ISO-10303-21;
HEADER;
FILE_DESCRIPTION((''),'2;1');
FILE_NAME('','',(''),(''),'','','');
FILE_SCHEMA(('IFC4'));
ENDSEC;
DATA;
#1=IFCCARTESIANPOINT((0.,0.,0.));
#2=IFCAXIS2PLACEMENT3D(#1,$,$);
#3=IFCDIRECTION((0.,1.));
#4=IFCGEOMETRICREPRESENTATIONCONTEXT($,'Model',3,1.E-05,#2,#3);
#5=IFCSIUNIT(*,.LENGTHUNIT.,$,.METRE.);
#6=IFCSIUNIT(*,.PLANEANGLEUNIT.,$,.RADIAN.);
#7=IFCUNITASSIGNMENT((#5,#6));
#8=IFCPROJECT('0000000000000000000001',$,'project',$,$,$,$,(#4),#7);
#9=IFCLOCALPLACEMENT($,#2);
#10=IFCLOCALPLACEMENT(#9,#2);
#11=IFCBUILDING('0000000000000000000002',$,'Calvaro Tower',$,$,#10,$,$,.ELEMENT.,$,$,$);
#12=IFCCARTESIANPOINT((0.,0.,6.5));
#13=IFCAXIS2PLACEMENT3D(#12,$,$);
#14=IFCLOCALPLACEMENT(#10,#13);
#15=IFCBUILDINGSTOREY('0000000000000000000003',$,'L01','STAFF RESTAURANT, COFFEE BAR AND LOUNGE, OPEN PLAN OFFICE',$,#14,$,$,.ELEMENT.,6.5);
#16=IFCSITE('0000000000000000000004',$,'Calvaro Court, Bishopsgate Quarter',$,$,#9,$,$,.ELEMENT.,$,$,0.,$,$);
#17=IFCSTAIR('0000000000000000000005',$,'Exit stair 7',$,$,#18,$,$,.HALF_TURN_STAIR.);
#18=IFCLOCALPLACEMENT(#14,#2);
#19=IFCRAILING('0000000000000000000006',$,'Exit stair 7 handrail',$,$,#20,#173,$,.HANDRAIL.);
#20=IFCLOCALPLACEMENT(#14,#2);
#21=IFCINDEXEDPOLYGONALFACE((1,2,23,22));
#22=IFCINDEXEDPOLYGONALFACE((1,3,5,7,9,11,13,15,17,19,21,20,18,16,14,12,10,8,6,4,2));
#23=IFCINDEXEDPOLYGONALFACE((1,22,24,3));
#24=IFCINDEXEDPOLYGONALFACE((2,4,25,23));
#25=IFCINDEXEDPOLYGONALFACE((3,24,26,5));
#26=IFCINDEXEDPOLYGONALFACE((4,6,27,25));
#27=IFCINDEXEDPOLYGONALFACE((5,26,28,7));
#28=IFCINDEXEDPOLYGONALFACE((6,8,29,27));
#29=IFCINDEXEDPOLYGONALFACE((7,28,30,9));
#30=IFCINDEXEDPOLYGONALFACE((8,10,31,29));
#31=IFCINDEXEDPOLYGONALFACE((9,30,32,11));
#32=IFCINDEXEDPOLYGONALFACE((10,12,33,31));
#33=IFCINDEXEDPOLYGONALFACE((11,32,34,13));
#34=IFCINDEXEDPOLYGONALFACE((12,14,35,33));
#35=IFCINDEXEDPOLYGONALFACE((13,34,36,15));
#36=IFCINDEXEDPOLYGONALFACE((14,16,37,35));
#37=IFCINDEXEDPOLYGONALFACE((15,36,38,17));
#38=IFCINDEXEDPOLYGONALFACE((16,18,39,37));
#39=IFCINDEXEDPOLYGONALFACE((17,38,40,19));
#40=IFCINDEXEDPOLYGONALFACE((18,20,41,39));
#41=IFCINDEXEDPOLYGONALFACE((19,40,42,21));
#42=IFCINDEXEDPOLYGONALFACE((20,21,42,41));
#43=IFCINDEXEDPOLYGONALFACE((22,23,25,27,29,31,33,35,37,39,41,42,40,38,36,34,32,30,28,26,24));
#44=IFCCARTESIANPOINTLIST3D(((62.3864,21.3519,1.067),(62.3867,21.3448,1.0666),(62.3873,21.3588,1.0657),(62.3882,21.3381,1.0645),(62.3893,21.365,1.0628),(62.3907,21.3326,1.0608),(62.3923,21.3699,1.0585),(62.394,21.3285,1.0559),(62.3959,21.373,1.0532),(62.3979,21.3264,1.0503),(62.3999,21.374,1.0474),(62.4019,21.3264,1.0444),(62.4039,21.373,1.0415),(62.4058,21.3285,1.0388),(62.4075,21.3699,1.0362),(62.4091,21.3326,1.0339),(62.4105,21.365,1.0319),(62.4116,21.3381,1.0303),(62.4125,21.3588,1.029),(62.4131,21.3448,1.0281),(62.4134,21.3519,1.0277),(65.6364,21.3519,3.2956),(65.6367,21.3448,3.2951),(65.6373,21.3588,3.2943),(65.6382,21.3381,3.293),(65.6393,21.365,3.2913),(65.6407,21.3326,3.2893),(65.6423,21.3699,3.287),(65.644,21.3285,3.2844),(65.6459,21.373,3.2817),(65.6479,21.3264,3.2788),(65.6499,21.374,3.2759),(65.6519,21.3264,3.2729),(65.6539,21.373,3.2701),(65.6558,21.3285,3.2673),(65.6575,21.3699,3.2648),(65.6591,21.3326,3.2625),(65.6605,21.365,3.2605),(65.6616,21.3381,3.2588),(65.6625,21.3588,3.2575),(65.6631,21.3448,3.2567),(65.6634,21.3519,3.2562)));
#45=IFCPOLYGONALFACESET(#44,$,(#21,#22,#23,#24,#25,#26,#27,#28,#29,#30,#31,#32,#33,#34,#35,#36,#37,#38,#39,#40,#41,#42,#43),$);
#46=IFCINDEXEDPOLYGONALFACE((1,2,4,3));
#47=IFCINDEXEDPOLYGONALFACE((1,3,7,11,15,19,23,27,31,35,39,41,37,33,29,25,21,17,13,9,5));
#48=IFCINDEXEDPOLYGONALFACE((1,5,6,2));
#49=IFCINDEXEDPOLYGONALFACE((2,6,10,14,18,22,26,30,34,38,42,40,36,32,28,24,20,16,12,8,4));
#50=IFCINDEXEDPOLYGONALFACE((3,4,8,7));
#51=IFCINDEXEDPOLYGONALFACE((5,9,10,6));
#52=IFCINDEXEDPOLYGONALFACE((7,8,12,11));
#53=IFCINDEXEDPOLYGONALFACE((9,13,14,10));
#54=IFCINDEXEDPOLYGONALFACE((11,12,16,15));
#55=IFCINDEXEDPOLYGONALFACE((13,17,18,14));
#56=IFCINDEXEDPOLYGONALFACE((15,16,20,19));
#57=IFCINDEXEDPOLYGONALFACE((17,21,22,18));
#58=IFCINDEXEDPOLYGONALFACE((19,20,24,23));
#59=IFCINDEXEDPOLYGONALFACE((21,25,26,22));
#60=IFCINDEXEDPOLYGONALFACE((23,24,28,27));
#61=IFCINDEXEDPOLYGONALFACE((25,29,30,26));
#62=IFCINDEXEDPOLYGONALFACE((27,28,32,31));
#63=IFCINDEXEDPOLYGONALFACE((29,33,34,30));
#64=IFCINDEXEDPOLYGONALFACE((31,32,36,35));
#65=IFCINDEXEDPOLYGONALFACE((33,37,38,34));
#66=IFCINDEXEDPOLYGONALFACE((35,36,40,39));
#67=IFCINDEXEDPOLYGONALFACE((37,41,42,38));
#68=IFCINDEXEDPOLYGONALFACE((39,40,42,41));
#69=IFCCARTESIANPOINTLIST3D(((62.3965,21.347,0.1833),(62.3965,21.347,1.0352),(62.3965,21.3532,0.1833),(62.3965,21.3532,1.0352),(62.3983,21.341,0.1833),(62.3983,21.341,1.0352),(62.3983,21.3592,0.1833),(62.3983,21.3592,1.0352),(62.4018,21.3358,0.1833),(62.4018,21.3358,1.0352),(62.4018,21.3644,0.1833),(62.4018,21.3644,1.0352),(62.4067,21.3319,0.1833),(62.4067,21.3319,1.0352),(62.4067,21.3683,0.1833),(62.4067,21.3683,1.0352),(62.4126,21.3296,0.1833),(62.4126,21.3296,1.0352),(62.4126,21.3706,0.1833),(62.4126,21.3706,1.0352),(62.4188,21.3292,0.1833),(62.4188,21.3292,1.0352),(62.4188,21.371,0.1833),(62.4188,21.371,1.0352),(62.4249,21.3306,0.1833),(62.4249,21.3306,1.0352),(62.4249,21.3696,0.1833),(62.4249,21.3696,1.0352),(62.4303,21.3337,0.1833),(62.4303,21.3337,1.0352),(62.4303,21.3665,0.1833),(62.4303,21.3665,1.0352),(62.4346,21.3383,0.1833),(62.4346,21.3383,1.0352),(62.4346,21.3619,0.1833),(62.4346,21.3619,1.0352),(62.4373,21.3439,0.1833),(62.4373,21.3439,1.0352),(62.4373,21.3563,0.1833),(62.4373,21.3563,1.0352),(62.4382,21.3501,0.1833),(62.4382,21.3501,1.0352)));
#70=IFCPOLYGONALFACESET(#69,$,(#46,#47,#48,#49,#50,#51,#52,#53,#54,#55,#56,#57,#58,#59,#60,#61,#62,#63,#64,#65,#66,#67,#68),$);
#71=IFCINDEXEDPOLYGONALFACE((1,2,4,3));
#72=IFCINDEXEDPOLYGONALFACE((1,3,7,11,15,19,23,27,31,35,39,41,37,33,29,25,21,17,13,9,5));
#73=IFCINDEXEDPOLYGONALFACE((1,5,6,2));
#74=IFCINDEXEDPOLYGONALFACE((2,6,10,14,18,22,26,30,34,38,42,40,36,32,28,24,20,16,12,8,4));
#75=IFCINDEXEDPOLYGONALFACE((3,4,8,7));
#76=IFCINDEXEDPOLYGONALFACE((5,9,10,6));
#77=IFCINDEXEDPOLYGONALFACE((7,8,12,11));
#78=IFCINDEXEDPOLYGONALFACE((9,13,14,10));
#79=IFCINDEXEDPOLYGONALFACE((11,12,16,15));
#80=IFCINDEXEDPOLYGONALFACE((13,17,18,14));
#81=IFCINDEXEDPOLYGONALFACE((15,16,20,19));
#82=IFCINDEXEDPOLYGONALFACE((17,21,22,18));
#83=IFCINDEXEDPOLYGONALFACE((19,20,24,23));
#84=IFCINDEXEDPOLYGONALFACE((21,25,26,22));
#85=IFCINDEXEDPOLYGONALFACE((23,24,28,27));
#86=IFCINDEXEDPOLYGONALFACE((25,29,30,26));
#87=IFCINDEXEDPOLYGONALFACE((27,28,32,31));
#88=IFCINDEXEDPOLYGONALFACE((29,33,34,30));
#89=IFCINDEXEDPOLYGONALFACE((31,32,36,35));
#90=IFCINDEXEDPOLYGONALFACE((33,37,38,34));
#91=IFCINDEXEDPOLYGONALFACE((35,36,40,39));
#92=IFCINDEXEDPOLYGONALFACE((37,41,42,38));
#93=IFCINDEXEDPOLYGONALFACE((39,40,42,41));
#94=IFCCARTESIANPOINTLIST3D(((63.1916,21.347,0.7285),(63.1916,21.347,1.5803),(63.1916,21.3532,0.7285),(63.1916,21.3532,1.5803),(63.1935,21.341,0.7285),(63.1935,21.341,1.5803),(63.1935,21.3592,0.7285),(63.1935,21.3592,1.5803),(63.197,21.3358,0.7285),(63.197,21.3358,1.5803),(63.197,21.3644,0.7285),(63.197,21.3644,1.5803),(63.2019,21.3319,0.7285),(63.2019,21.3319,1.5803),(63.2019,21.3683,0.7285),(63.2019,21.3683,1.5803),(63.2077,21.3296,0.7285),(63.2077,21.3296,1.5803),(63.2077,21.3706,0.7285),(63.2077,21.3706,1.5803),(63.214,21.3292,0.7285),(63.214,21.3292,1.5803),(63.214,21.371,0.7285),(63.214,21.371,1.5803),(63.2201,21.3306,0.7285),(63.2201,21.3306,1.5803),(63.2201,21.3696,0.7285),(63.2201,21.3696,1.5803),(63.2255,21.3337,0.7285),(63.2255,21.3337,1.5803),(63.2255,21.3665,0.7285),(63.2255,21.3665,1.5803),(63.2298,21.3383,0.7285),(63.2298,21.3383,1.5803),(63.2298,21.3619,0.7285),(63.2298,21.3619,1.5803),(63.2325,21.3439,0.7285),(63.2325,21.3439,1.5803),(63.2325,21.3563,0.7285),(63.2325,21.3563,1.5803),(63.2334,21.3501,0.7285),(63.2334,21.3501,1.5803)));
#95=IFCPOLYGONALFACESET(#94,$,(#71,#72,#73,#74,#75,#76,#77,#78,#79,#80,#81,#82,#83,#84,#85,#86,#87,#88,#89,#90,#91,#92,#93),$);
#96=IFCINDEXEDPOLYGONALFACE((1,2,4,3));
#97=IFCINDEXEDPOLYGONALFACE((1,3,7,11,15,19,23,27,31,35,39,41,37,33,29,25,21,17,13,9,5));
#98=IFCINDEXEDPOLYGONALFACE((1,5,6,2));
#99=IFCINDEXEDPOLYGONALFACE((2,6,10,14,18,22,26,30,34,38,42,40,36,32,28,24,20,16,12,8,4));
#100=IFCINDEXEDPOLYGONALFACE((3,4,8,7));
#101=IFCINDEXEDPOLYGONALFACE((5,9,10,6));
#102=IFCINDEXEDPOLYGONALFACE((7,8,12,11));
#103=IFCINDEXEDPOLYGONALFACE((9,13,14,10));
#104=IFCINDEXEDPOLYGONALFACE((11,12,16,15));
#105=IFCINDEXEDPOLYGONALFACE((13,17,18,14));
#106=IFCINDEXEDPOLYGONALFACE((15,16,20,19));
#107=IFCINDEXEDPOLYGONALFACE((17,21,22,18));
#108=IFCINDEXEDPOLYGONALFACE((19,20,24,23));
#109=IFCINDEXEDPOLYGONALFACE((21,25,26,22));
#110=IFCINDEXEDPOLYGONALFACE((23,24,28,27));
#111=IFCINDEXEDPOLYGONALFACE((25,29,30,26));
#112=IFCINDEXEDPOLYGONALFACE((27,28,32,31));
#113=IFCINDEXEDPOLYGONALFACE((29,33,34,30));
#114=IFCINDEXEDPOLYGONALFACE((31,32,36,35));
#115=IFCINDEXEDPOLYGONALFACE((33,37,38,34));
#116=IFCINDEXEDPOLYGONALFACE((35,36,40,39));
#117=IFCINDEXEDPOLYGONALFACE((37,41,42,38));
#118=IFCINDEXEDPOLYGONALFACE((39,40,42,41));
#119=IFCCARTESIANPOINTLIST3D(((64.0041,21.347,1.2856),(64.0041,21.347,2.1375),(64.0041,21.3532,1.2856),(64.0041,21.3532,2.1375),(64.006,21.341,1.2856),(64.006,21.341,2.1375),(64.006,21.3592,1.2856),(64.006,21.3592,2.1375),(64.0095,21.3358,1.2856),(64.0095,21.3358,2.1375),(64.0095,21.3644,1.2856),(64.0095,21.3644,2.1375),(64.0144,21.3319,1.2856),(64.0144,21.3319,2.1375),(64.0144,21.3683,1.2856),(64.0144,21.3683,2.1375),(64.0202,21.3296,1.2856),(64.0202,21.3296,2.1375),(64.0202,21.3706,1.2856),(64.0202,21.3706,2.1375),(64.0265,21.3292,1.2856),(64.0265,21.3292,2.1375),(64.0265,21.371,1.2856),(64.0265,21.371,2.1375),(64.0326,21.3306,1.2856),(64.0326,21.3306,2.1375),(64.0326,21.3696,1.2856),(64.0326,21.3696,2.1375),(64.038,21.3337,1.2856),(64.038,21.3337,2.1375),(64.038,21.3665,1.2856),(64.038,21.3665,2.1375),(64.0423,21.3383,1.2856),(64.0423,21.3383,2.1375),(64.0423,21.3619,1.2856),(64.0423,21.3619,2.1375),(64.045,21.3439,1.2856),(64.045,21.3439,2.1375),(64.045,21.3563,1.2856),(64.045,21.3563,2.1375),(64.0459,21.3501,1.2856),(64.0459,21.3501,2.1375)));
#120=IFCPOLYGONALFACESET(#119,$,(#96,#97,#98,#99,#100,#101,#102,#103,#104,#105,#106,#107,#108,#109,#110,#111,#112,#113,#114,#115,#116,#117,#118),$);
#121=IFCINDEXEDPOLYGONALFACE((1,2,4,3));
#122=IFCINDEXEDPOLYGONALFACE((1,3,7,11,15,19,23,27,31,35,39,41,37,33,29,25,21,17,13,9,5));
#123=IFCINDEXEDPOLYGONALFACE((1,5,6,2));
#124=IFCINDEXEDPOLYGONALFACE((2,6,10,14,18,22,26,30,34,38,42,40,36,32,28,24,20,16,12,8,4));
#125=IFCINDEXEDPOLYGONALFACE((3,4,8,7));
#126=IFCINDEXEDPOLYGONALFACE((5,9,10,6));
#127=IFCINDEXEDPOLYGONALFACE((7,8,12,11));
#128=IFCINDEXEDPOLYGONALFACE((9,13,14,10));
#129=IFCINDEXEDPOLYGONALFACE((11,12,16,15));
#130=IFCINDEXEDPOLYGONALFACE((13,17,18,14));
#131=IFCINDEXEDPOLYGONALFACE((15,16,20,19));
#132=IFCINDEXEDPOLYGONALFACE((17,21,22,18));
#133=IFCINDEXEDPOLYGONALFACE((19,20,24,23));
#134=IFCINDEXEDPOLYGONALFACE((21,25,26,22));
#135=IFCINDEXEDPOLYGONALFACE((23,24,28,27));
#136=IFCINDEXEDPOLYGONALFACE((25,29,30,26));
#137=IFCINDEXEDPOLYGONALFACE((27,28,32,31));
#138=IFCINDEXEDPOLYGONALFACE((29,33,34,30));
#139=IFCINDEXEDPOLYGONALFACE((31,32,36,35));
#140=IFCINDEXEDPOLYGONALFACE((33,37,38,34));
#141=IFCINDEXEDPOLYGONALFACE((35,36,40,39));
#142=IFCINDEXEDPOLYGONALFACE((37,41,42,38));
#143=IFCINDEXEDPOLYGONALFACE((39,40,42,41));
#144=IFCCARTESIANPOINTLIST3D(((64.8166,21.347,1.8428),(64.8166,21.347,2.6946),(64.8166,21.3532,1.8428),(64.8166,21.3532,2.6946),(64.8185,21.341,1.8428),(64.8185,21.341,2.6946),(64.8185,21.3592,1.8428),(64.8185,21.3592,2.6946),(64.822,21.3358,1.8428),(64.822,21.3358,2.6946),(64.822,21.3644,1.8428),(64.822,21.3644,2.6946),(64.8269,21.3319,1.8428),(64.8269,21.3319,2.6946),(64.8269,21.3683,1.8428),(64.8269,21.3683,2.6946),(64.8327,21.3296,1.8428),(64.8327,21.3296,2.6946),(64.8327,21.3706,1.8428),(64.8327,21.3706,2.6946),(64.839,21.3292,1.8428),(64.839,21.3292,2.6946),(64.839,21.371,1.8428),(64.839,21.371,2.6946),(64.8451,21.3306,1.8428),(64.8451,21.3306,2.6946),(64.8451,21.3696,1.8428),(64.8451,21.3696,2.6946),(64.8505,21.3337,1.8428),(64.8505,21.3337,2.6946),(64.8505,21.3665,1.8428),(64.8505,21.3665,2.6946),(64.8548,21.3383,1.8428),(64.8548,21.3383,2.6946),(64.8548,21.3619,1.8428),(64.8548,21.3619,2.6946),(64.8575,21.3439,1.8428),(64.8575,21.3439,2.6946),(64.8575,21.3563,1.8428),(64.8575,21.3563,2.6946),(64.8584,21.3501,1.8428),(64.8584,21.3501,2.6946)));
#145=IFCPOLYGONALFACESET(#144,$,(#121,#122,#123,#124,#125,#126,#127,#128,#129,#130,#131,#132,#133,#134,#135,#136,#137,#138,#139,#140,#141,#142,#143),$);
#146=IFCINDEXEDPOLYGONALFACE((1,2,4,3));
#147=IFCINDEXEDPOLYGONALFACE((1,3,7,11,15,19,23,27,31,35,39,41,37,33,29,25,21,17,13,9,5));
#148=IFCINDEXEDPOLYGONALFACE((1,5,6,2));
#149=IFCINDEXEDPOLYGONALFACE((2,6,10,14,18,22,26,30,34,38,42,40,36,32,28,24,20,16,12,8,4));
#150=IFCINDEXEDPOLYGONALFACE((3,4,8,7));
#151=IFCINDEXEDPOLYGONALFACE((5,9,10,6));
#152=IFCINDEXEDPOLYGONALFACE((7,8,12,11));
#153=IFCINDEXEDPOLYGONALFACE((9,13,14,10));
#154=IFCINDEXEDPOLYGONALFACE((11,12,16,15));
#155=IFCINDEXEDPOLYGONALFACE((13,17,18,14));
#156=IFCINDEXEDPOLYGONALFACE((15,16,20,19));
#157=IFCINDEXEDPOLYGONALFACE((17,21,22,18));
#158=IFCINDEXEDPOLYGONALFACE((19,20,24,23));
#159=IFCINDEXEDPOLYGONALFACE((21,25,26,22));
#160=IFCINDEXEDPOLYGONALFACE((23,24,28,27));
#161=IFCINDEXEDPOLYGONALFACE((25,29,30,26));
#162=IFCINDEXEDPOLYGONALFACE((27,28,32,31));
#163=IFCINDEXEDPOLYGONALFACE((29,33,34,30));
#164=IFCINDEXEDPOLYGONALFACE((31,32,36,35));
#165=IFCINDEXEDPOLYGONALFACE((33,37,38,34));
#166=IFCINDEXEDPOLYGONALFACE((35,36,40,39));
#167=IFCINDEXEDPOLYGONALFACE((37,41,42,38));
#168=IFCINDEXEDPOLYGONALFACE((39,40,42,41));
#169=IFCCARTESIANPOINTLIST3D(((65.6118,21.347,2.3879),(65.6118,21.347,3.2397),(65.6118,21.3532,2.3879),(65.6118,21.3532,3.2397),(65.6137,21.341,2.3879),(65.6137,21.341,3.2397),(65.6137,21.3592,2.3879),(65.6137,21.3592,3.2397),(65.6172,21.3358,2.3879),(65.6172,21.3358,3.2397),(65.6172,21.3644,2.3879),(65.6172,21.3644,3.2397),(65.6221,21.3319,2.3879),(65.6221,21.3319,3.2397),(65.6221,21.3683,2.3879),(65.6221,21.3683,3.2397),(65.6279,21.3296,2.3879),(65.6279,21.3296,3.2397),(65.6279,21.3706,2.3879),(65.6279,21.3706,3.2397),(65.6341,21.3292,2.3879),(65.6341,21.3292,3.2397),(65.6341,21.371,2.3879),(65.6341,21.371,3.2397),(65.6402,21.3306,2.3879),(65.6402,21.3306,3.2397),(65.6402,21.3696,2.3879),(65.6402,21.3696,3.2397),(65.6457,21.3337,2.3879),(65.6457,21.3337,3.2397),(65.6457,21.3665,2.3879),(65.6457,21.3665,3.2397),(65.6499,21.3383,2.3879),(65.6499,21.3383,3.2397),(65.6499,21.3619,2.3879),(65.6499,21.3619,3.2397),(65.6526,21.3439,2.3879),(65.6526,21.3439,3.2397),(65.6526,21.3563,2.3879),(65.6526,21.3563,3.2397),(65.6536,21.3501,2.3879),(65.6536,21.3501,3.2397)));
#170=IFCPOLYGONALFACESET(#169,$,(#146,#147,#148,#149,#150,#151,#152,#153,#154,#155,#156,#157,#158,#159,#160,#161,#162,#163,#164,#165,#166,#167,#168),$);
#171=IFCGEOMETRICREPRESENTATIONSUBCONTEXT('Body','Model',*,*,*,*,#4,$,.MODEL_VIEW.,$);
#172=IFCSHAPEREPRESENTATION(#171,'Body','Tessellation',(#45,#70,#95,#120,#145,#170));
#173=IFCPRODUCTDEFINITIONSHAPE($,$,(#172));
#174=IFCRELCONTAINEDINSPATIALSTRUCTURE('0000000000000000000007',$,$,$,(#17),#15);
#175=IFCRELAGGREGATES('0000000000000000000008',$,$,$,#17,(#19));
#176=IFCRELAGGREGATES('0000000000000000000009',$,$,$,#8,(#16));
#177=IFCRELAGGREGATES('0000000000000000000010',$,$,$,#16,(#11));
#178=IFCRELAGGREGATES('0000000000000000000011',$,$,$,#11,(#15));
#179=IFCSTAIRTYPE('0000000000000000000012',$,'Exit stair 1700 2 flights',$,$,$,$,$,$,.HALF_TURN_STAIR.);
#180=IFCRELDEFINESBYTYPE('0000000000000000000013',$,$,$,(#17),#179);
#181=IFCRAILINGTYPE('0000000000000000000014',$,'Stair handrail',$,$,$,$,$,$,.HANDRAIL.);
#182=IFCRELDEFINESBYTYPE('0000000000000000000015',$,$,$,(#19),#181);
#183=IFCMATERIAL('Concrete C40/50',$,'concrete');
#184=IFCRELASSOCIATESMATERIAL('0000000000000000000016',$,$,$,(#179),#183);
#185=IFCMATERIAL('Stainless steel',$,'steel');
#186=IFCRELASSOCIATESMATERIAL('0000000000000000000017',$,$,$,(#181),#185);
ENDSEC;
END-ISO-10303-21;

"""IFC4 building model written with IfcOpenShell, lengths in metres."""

from ifc_helpers import new_model, si_unit, direction, frame, origin, origin_2d, place, context, subcontext, project, spatial, circle, extrude, material, type_object, element, aggregate, save


model = new_model("IFC4")

# Units and contexts
model_context = context("Model", 3, precision=1e-05, world=origin(), true_north=direction((0.0, 1.0)))
body_context = subcontext(model_context, "Body", "Model", "MODEL_VIEW")
ifc_project = project(units=[si_unit("LENGTHUNIT", "METRE"), si_unit("PLANEANGLEUNIT", "RADIAN")], contexts=[model_context])

# Site, building, storey
site_placement = place(None, origin())
site = spatial("IfcSite", under=ifc_project, at=site_placement, Name="Calvaro Court, Bishopsgate Quarter", CompositionType="ELEMENT", RefElevation=0.0)
building_placement = place(site_placement, origin())
building = spatial("IfcBuilding", under=site, at=building_placement, Name="Calvaro Tower", CompositionType="ELEMENT")
storey_placement = place(building_placement, frame((0.0, 0.0, 6.5)))
storey = spatial("IfcBuildingStorey", under=building, at=storey_placement, Name="L01", Description="STAFF RESTAURANT, COFFEE BAR AND LOUNGE, OPEN PLAN OFFICE", CompositionType="ELEMENT", Elevation=6.5)

# Stair, railing
ifc_material_1 = material(Name="Concrete C40/50", Category="concrete")
stair_type = type_object("IfcStairType", Name="Exit stair 1700 2 flights", PredefinedType="HALF_TURN_STAIR", material=ifc_material_1)
stair_placement = place(storey_placement, origin())
stair = element("IfcStair", 1, at=stair_placement, inside=storey, type_object=stair_type, Name="Exit stair 7", PredefinedType="HALF_TURN_STAIR")
ifc_material_2 = material(Name="Stainless steel", Category="steel")
railing_type = type_object("IfcRailingType", Name="Stair handrail", PredefinedType="HANDRAIL", material=ifc_material_2)
railing_1_placement = place(storey_placement, frame((62.3999, 21.3501, 0.1714)))
railing_1 = element("IfcRailing", 2, at=railing_1_placement, type_object=railing_type, Name="Exit stair 7 handrail", PredefinedType="HANDRAIL", context=body_context, shape_type="SweptSolid", body=[
    extrude(circle(Radius=0.0239, at=origin_2d()), frame((0.0, 0.0, 0.876), z_axis=(0.824735, 0.0, 0.565519), x_axis=(0.0, 1.0, 0.0)), (0.0, 0.0, 1.0), 3.9407),
    extrude(circle(Radius=0.021, at=origin_2d()), frame((0.0173, 0.0, 0.012)), (0.0, 0.0, 1.0), 0.8518),
    extrude(circle(Radius=0.021, at=origin_2d()), frame((0.8125, 0.0, 0.5571)), (0.0, 0.0, 1.0), 0.8518),
    extrude(circle(Radius=0.021, at=origin_2d()), frame((1.625, 0.0, 1.1143)), (0.0, 0.0, 1.0), 0.8518),
    extrude(circle(Radius=0.021, at=origin_2d()), frame((2.4375, 0.0, 1.6714)), (0.0, 0.0, 1.0), 0.8518),
    extrude(circle(Radius=0.021, at=origin_2d()), frame((3.2327, 0.0, 2.2166)), (0.0, 0.0, 1.0), 0.8518),
])
aggregate(stair, [railing_1])

save(model, "model.ifc")
